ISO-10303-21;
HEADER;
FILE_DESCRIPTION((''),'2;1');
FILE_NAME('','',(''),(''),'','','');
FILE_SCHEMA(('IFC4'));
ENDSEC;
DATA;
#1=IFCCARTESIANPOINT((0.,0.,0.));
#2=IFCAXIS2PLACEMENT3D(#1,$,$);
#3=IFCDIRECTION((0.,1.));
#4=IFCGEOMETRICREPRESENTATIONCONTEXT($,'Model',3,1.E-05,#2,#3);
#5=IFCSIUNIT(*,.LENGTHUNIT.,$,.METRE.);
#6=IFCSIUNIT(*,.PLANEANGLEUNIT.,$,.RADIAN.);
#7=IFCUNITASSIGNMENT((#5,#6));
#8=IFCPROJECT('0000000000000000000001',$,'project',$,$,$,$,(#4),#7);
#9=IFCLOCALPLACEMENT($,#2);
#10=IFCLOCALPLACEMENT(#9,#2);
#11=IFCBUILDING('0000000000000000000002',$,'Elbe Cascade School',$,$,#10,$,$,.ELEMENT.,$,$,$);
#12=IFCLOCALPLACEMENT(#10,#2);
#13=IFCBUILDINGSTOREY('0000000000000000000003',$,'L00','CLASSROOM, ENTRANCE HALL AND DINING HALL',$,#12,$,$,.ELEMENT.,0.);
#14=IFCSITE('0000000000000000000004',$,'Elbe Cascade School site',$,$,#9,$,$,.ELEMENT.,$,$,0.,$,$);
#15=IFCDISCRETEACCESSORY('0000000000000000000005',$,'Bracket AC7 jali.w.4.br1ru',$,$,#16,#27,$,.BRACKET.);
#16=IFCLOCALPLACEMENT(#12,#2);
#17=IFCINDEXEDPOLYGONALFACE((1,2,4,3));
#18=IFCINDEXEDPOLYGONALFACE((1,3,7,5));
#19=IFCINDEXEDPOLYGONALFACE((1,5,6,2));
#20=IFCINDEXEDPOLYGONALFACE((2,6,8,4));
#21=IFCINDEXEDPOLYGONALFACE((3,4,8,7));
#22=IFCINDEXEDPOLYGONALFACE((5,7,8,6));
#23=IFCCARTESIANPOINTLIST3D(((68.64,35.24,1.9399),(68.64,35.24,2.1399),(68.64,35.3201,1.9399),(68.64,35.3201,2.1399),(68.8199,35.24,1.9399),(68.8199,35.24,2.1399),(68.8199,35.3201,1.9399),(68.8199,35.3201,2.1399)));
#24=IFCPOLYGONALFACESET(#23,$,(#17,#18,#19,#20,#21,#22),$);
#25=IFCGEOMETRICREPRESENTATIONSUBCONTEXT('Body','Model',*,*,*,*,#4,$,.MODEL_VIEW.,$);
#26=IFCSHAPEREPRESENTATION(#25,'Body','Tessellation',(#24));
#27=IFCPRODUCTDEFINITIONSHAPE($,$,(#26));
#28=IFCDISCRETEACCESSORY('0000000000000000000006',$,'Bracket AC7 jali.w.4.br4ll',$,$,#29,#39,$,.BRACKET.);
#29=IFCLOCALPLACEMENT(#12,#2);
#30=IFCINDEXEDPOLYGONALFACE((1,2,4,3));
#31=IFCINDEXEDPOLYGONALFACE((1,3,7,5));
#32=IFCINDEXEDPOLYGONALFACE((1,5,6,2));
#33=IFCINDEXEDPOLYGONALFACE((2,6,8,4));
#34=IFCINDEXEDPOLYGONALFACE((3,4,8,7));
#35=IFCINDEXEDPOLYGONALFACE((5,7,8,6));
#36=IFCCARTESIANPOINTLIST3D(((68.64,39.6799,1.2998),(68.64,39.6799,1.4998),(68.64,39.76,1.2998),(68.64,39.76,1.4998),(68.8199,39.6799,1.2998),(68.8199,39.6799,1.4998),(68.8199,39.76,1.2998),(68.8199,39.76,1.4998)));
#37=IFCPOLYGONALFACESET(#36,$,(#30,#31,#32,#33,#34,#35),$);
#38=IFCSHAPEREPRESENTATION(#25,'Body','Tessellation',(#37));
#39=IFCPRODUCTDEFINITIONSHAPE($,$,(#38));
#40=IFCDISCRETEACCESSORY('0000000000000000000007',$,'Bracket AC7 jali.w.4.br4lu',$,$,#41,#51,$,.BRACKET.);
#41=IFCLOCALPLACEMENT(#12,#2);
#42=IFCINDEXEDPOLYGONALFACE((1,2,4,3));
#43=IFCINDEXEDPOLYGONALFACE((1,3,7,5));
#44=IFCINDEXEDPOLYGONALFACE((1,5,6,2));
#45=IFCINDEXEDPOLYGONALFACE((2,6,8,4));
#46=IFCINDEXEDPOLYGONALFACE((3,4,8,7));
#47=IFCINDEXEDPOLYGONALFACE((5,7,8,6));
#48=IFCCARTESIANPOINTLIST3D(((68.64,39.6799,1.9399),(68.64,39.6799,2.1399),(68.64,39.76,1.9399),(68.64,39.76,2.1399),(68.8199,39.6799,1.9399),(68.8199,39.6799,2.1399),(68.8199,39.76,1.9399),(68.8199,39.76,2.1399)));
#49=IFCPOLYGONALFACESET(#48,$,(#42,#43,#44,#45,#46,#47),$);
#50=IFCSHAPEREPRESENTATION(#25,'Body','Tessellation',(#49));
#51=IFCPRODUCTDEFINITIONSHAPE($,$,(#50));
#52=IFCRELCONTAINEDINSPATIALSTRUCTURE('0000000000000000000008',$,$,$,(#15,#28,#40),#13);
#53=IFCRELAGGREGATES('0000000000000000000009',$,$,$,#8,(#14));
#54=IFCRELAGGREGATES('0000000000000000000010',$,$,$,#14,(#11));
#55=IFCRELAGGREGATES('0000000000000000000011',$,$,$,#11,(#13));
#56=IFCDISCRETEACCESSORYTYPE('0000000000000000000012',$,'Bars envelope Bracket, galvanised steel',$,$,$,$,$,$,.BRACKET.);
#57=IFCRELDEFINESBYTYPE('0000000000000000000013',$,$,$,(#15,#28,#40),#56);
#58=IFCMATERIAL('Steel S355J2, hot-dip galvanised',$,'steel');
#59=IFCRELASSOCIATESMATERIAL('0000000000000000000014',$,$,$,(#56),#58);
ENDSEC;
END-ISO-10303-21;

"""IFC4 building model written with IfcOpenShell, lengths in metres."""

from ifc_helpers import new_model, si_unit, direction, frame, origin, origin_2d, place, context, subcontext, project, spatial, rectangle, extrude, material, type_object, element, save


model = new_model("IFC4")

# Units and contexts
model_context = context("Model", 3, precision=1e-05, world=origin(), true_north=direction((0.0, 1.0)))
body_context = subcontext(model_context, "Body", "Model", "MODEL_VIEW")
ifc_project = project(units=[si_unit("LENGTHUNIT", "METRE"), si_unit("PLANEANGLEUNIT", "RADIAN")], contexts=[model_context])

# Site, building, storey
site_placement = place(None, origin())
site = spatial("IfcSite", under=ifc_project, at=site_placement, Name="Elbe Cascade School site", CompositionType="ELEMENT", RefElevation=0.0)
building_placement = place(site_placement, origin())
building = spatial("IfcBuilding", under=site, at=building_placement, Name="Elbe Cascade School", CompositionType="ELEMENT")
storey_placement = place(building_placement, origin())
storey = spatial("IfcBuildingStorey", under=building, at=storey_placement, Name="L00", Description="CLASSROOM, ENTRANCE HALL AND DINING HALL", CompositionType="ELEMENT", Elevation=0.0)

# Discrete accessories
ifc_material_1 = material(Name="Steel S355J2, hot-dip galvanised", Category="steel")
discrete_accessory_type = type_object("IfcDiscreteAccessoryType", Name="Bars envelope Bracket, galvanised steel", PredefinedType="BRACKET", material=ifc_material_1)
for number, where, z_axis, x_axis, name in (
    (1, (68.73, 35.28, 1.9399), (0.0, 0.0, 1.0), (0.0, 1.0, 0.0), "Bracket AC7 jali.w.4.br1ru"),
    (2, (68.73, 39.72, 1.2998), (0.0, 0.0, 1.0), (0.0, 1.0, 0.0), "Bracket AC7 jali.w.4.br4ll"),
    (3, (68.73, 39.72, 1.9399), (0.0, 0.0, 1.0), (0.0, 1.0, 0.0), "Bracket AC7 jali.w.4.br4lu"),
):
    element("IfcDiscreteAccessory", number, at=place(storey_placement, frame(where, z_axis=z_axis, x_axis=x_axis)), inside=storey, type_object=discrete_accessory_type, Name=name, PredefinedType="BRACKET", context=body_context, shape_type="SweptSolid", body=[
        extrude(rectangle(XDim=0.0801, YDim=0.1799, at=origin_2d()), origin(), (0.0, 0.0, 1.0), 0.2),
    ])

save(model, "model.ifc")
